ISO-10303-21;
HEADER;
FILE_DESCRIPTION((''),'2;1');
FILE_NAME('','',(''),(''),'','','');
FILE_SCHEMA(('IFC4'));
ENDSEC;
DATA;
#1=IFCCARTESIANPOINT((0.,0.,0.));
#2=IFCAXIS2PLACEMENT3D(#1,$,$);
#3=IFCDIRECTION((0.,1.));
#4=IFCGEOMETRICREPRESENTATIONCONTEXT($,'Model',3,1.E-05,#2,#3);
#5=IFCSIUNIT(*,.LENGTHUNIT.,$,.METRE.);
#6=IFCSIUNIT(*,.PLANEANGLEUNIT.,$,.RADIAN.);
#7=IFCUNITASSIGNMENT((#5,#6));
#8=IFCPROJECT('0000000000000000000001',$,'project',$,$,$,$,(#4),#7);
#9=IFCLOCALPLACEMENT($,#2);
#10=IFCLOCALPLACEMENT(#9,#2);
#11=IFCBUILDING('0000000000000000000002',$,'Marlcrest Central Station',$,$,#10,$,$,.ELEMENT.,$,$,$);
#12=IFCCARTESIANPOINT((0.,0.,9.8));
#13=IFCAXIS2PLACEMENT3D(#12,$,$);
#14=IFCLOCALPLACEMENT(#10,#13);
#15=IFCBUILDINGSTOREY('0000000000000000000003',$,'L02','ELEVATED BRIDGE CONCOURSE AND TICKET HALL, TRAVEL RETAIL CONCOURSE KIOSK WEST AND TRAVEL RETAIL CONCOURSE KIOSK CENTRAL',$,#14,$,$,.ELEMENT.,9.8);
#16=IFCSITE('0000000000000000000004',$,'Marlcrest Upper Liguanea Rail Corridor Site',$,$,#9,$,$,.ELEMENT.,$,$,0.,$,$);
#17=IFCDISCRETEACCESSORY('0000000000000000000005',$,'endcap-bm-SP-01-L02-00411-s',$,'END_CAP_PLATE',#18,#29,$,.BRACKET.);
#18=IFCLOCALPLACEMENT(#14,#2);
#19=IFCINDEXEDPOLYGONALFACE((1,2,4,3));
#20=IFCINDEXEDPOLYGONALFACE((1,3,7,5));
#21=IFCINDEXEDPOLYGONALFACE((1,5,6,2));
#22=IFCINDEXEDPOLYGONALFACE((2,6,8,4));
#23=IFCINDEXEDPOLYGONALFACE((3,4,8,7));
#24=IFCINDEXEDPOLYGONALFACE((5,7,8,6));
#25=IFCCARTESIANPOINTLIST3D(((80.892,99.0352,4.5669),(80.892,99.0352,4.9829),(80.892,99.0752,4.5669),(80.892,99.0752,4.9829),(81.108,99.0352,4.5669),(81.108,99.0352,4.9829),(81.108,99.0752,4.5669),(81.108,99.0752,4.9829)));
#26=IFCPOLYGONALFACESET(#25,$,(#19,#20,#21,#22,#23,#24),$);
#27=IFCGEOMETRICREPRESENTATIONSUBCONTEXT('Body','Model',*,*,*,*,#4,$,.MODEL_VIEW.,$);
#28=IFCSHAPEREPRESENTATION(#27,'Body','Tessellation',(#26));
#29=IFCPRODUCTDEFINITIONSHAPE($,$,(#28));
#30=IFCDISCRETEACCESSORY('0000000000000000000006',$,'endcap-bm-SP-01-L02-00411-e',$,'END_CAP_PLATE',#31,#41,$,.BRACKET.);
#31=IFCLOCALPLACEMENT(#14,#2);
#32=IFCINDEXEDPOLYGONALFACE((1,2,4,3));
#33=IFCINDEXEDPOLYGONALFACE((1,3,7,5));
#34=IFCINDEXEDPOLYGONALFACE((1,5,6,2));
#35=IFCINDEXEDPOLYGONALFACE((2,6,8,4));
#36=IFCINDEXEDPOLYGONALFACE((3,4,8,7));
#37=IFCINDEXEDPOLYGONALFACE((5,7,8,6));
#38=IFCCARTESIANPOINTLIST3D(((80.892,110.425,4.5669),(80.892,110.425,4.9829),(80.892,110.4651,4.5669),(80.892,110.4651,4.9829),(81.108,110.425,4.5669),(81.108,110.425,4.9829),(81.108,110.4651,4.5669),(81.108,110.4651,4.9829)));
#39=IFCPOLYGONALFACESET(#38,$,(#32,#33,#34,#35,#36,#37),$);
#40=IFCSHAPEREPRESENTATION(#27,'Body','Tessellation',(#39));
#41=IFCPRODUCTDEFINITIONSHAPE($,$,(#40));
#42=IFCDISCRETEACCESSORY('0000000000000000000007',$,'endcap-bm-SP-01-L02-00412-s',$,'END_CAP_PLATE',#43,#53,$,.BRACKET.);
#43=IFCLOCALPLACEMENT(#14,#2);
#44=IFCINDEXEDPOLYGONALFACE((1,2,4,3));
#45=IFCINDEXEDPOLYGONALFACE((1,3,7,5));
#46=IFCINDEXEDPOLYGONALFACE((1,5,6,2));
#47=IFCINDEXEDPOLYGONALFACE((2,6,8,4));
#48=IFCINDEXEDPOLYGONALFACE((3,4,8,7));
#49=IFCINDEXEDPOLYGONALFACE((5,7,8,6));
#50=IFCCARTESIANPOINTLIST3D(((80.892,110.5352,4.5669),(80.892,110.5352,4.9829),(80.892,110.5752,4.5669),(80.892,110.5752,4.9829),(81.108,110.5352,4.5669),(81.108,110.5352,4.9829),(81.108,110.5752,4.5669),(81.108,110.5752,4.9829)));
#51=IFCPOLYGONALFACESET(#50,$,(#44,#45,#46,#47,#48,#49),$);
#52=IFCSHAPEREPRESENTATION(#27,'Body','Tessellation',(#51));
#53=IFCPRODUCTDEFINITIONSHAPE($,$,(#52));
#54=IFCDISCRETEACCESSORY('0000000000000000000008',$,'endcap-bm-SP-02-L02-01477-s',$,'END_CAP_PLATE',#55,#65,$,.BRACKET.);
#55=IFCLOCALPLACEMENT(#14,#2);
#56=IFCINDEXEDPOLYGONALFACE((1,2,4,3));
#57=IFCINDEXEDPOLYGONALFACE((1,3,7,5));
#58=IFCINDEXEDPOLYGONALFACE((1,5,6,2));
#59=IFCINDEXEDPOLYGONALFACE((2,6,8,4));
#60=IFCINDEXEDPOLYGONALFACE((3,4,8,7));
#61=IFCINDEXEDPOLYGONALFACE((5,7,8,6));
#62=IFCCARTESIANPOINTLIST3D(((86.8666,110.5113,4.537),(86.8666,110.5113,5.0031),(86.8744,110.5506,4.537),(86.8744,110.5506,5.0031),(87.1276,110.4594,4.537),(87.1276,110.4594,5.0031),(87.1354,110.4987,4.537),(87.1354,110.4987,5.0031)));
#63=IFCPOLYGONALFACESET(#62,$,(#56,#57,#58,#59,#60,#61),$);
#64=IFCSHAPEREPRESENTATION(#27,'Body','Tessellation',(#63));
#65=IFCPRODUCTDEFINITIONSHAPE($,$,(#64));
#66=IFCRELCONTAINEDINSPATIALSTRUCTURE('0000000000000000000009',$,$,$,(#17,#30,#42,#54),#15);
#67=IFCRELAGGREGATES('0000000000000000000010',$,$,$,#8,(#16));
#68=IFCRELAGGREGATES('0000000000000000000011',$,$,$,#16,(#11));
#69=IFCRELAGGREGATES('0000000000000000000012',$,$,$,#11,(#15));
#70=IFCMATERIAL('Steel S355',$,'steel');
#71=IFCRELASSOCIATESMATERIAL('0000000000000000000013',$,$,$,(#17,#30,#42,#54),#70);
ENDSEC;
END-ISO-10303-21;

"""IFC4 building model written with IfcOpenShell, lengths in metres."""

from ifc_helpers import new_model, si_unit, direction, frame, origin, origin_2d, place, context, subcontext, project, spatial, rectangle, extrude, material, element, save


model = new_model("IFC4")

# Units and contexts
model_context = context("Model", 3, precision=1e-05, world=origin(), true_north=direction((0.0, 1.0)))
body_context = subcontext(model_context, "Body", "Model", "MODEL_VIEW")
ifc_project = project(units=[si_unit("LENGTHUNIT", "METRE"), si_unit("PLANEANGLEUNIT", "RADIAN")], contexts=[model_context])

# Site, building, storey
site_placement = place(None, origin())
site = spatial("IfcSite", under=ifc_project, at=site_placement, Name="Marlcrest Upper Liguanea Rail Corridor Site", CompositionType="ELEMENT", RefElevation=0.0)
building_placement = place(site_placement, origin())
building = spatial("IfcBuilding", under=site, at=building_placement, Name="Marlcrest Central Station", CompositionType="ELEMENT")
storey_placement = place(building_placement, frame((0.0, 0.0, 9.8)))
storey = spatial("IfcBuildingStorey", under=building, at=storey_placement, Name="L02", Description="ELEVATED BRIDGE CONCOURSE AND TICKET HALL, TRAVEL RETAIL CONCOURSE KIOSK WEST AND TRAVEL RETAIL CONCOURSE KIOSK CENTRAL", CompositionType="ELEMENT", Elevation=9.8)

# Shared definitions
ifc_material_1 = material(Name="Steel S355", Category="steel")

# Discrete accessories
for number, where, z_axis, x_axis, name in (
    (1, (81.0, 99.0352, 4.7749), (0.0, 1.0, 0.0), (-1.0, 0.0, 0.0), "endcap-bm-SP-01-L02-00411-s"),
    (2, (81.0, 110.425, 4.7749), (0.0, 1.0, 0.0), (-1.0, 0.0, 0.0), "endcap-bm-SP-01-L02-00411-e"),
    (3, (81.0, 110.5352, 4.7749), (0.0, 1.0, 0.0), (-1.0, 0.0, 0.0), "endcap-bm-SP-01-L02-00412-s"),
):
    element("IfcDiscreteAccessory", number, at=place(storey_placement, frame(where, z_axis=z_axis, x_axis=x_axis)), inside=storey, material=ifc_material_1, Name=name, ObjectType="END_CAP_PLATE", PredefinedType="BRACKET", context=body_context, shape_type="SweptSolid", body=[
        extrude(rectangle(XDim=0.2161, YDim=0.416, at=origin_2d()), origin(), (0.0, 0.0, 1.0), 0.04),
    ])
discrete_accessory_placement = place(storey_placement, frame((86.9971, 110.4854, 4.77), z_axis=(0.195171, 0.980769, 0.0), x_axis=(-0.980769, 0.195171, 0.0)))
element("IfcDiscreteAccessory", 4, at=discrete_accessory_placement, inside=storey, material=ifc_material_1, Name="endcap-bm-SP-02-L02-01477-s", ObjectType="END_CAP_PLATE", PredefinedType="BRACKET", context=body_context, shape_type="SweptSolid", body=[
    extrude(rectangle(XDim=0.2661, YDim=0.4661, at=origin_2d()), origin(), (0.0, 0.0, 1.0), 0.04),
])

save(model, "model.ifc")
